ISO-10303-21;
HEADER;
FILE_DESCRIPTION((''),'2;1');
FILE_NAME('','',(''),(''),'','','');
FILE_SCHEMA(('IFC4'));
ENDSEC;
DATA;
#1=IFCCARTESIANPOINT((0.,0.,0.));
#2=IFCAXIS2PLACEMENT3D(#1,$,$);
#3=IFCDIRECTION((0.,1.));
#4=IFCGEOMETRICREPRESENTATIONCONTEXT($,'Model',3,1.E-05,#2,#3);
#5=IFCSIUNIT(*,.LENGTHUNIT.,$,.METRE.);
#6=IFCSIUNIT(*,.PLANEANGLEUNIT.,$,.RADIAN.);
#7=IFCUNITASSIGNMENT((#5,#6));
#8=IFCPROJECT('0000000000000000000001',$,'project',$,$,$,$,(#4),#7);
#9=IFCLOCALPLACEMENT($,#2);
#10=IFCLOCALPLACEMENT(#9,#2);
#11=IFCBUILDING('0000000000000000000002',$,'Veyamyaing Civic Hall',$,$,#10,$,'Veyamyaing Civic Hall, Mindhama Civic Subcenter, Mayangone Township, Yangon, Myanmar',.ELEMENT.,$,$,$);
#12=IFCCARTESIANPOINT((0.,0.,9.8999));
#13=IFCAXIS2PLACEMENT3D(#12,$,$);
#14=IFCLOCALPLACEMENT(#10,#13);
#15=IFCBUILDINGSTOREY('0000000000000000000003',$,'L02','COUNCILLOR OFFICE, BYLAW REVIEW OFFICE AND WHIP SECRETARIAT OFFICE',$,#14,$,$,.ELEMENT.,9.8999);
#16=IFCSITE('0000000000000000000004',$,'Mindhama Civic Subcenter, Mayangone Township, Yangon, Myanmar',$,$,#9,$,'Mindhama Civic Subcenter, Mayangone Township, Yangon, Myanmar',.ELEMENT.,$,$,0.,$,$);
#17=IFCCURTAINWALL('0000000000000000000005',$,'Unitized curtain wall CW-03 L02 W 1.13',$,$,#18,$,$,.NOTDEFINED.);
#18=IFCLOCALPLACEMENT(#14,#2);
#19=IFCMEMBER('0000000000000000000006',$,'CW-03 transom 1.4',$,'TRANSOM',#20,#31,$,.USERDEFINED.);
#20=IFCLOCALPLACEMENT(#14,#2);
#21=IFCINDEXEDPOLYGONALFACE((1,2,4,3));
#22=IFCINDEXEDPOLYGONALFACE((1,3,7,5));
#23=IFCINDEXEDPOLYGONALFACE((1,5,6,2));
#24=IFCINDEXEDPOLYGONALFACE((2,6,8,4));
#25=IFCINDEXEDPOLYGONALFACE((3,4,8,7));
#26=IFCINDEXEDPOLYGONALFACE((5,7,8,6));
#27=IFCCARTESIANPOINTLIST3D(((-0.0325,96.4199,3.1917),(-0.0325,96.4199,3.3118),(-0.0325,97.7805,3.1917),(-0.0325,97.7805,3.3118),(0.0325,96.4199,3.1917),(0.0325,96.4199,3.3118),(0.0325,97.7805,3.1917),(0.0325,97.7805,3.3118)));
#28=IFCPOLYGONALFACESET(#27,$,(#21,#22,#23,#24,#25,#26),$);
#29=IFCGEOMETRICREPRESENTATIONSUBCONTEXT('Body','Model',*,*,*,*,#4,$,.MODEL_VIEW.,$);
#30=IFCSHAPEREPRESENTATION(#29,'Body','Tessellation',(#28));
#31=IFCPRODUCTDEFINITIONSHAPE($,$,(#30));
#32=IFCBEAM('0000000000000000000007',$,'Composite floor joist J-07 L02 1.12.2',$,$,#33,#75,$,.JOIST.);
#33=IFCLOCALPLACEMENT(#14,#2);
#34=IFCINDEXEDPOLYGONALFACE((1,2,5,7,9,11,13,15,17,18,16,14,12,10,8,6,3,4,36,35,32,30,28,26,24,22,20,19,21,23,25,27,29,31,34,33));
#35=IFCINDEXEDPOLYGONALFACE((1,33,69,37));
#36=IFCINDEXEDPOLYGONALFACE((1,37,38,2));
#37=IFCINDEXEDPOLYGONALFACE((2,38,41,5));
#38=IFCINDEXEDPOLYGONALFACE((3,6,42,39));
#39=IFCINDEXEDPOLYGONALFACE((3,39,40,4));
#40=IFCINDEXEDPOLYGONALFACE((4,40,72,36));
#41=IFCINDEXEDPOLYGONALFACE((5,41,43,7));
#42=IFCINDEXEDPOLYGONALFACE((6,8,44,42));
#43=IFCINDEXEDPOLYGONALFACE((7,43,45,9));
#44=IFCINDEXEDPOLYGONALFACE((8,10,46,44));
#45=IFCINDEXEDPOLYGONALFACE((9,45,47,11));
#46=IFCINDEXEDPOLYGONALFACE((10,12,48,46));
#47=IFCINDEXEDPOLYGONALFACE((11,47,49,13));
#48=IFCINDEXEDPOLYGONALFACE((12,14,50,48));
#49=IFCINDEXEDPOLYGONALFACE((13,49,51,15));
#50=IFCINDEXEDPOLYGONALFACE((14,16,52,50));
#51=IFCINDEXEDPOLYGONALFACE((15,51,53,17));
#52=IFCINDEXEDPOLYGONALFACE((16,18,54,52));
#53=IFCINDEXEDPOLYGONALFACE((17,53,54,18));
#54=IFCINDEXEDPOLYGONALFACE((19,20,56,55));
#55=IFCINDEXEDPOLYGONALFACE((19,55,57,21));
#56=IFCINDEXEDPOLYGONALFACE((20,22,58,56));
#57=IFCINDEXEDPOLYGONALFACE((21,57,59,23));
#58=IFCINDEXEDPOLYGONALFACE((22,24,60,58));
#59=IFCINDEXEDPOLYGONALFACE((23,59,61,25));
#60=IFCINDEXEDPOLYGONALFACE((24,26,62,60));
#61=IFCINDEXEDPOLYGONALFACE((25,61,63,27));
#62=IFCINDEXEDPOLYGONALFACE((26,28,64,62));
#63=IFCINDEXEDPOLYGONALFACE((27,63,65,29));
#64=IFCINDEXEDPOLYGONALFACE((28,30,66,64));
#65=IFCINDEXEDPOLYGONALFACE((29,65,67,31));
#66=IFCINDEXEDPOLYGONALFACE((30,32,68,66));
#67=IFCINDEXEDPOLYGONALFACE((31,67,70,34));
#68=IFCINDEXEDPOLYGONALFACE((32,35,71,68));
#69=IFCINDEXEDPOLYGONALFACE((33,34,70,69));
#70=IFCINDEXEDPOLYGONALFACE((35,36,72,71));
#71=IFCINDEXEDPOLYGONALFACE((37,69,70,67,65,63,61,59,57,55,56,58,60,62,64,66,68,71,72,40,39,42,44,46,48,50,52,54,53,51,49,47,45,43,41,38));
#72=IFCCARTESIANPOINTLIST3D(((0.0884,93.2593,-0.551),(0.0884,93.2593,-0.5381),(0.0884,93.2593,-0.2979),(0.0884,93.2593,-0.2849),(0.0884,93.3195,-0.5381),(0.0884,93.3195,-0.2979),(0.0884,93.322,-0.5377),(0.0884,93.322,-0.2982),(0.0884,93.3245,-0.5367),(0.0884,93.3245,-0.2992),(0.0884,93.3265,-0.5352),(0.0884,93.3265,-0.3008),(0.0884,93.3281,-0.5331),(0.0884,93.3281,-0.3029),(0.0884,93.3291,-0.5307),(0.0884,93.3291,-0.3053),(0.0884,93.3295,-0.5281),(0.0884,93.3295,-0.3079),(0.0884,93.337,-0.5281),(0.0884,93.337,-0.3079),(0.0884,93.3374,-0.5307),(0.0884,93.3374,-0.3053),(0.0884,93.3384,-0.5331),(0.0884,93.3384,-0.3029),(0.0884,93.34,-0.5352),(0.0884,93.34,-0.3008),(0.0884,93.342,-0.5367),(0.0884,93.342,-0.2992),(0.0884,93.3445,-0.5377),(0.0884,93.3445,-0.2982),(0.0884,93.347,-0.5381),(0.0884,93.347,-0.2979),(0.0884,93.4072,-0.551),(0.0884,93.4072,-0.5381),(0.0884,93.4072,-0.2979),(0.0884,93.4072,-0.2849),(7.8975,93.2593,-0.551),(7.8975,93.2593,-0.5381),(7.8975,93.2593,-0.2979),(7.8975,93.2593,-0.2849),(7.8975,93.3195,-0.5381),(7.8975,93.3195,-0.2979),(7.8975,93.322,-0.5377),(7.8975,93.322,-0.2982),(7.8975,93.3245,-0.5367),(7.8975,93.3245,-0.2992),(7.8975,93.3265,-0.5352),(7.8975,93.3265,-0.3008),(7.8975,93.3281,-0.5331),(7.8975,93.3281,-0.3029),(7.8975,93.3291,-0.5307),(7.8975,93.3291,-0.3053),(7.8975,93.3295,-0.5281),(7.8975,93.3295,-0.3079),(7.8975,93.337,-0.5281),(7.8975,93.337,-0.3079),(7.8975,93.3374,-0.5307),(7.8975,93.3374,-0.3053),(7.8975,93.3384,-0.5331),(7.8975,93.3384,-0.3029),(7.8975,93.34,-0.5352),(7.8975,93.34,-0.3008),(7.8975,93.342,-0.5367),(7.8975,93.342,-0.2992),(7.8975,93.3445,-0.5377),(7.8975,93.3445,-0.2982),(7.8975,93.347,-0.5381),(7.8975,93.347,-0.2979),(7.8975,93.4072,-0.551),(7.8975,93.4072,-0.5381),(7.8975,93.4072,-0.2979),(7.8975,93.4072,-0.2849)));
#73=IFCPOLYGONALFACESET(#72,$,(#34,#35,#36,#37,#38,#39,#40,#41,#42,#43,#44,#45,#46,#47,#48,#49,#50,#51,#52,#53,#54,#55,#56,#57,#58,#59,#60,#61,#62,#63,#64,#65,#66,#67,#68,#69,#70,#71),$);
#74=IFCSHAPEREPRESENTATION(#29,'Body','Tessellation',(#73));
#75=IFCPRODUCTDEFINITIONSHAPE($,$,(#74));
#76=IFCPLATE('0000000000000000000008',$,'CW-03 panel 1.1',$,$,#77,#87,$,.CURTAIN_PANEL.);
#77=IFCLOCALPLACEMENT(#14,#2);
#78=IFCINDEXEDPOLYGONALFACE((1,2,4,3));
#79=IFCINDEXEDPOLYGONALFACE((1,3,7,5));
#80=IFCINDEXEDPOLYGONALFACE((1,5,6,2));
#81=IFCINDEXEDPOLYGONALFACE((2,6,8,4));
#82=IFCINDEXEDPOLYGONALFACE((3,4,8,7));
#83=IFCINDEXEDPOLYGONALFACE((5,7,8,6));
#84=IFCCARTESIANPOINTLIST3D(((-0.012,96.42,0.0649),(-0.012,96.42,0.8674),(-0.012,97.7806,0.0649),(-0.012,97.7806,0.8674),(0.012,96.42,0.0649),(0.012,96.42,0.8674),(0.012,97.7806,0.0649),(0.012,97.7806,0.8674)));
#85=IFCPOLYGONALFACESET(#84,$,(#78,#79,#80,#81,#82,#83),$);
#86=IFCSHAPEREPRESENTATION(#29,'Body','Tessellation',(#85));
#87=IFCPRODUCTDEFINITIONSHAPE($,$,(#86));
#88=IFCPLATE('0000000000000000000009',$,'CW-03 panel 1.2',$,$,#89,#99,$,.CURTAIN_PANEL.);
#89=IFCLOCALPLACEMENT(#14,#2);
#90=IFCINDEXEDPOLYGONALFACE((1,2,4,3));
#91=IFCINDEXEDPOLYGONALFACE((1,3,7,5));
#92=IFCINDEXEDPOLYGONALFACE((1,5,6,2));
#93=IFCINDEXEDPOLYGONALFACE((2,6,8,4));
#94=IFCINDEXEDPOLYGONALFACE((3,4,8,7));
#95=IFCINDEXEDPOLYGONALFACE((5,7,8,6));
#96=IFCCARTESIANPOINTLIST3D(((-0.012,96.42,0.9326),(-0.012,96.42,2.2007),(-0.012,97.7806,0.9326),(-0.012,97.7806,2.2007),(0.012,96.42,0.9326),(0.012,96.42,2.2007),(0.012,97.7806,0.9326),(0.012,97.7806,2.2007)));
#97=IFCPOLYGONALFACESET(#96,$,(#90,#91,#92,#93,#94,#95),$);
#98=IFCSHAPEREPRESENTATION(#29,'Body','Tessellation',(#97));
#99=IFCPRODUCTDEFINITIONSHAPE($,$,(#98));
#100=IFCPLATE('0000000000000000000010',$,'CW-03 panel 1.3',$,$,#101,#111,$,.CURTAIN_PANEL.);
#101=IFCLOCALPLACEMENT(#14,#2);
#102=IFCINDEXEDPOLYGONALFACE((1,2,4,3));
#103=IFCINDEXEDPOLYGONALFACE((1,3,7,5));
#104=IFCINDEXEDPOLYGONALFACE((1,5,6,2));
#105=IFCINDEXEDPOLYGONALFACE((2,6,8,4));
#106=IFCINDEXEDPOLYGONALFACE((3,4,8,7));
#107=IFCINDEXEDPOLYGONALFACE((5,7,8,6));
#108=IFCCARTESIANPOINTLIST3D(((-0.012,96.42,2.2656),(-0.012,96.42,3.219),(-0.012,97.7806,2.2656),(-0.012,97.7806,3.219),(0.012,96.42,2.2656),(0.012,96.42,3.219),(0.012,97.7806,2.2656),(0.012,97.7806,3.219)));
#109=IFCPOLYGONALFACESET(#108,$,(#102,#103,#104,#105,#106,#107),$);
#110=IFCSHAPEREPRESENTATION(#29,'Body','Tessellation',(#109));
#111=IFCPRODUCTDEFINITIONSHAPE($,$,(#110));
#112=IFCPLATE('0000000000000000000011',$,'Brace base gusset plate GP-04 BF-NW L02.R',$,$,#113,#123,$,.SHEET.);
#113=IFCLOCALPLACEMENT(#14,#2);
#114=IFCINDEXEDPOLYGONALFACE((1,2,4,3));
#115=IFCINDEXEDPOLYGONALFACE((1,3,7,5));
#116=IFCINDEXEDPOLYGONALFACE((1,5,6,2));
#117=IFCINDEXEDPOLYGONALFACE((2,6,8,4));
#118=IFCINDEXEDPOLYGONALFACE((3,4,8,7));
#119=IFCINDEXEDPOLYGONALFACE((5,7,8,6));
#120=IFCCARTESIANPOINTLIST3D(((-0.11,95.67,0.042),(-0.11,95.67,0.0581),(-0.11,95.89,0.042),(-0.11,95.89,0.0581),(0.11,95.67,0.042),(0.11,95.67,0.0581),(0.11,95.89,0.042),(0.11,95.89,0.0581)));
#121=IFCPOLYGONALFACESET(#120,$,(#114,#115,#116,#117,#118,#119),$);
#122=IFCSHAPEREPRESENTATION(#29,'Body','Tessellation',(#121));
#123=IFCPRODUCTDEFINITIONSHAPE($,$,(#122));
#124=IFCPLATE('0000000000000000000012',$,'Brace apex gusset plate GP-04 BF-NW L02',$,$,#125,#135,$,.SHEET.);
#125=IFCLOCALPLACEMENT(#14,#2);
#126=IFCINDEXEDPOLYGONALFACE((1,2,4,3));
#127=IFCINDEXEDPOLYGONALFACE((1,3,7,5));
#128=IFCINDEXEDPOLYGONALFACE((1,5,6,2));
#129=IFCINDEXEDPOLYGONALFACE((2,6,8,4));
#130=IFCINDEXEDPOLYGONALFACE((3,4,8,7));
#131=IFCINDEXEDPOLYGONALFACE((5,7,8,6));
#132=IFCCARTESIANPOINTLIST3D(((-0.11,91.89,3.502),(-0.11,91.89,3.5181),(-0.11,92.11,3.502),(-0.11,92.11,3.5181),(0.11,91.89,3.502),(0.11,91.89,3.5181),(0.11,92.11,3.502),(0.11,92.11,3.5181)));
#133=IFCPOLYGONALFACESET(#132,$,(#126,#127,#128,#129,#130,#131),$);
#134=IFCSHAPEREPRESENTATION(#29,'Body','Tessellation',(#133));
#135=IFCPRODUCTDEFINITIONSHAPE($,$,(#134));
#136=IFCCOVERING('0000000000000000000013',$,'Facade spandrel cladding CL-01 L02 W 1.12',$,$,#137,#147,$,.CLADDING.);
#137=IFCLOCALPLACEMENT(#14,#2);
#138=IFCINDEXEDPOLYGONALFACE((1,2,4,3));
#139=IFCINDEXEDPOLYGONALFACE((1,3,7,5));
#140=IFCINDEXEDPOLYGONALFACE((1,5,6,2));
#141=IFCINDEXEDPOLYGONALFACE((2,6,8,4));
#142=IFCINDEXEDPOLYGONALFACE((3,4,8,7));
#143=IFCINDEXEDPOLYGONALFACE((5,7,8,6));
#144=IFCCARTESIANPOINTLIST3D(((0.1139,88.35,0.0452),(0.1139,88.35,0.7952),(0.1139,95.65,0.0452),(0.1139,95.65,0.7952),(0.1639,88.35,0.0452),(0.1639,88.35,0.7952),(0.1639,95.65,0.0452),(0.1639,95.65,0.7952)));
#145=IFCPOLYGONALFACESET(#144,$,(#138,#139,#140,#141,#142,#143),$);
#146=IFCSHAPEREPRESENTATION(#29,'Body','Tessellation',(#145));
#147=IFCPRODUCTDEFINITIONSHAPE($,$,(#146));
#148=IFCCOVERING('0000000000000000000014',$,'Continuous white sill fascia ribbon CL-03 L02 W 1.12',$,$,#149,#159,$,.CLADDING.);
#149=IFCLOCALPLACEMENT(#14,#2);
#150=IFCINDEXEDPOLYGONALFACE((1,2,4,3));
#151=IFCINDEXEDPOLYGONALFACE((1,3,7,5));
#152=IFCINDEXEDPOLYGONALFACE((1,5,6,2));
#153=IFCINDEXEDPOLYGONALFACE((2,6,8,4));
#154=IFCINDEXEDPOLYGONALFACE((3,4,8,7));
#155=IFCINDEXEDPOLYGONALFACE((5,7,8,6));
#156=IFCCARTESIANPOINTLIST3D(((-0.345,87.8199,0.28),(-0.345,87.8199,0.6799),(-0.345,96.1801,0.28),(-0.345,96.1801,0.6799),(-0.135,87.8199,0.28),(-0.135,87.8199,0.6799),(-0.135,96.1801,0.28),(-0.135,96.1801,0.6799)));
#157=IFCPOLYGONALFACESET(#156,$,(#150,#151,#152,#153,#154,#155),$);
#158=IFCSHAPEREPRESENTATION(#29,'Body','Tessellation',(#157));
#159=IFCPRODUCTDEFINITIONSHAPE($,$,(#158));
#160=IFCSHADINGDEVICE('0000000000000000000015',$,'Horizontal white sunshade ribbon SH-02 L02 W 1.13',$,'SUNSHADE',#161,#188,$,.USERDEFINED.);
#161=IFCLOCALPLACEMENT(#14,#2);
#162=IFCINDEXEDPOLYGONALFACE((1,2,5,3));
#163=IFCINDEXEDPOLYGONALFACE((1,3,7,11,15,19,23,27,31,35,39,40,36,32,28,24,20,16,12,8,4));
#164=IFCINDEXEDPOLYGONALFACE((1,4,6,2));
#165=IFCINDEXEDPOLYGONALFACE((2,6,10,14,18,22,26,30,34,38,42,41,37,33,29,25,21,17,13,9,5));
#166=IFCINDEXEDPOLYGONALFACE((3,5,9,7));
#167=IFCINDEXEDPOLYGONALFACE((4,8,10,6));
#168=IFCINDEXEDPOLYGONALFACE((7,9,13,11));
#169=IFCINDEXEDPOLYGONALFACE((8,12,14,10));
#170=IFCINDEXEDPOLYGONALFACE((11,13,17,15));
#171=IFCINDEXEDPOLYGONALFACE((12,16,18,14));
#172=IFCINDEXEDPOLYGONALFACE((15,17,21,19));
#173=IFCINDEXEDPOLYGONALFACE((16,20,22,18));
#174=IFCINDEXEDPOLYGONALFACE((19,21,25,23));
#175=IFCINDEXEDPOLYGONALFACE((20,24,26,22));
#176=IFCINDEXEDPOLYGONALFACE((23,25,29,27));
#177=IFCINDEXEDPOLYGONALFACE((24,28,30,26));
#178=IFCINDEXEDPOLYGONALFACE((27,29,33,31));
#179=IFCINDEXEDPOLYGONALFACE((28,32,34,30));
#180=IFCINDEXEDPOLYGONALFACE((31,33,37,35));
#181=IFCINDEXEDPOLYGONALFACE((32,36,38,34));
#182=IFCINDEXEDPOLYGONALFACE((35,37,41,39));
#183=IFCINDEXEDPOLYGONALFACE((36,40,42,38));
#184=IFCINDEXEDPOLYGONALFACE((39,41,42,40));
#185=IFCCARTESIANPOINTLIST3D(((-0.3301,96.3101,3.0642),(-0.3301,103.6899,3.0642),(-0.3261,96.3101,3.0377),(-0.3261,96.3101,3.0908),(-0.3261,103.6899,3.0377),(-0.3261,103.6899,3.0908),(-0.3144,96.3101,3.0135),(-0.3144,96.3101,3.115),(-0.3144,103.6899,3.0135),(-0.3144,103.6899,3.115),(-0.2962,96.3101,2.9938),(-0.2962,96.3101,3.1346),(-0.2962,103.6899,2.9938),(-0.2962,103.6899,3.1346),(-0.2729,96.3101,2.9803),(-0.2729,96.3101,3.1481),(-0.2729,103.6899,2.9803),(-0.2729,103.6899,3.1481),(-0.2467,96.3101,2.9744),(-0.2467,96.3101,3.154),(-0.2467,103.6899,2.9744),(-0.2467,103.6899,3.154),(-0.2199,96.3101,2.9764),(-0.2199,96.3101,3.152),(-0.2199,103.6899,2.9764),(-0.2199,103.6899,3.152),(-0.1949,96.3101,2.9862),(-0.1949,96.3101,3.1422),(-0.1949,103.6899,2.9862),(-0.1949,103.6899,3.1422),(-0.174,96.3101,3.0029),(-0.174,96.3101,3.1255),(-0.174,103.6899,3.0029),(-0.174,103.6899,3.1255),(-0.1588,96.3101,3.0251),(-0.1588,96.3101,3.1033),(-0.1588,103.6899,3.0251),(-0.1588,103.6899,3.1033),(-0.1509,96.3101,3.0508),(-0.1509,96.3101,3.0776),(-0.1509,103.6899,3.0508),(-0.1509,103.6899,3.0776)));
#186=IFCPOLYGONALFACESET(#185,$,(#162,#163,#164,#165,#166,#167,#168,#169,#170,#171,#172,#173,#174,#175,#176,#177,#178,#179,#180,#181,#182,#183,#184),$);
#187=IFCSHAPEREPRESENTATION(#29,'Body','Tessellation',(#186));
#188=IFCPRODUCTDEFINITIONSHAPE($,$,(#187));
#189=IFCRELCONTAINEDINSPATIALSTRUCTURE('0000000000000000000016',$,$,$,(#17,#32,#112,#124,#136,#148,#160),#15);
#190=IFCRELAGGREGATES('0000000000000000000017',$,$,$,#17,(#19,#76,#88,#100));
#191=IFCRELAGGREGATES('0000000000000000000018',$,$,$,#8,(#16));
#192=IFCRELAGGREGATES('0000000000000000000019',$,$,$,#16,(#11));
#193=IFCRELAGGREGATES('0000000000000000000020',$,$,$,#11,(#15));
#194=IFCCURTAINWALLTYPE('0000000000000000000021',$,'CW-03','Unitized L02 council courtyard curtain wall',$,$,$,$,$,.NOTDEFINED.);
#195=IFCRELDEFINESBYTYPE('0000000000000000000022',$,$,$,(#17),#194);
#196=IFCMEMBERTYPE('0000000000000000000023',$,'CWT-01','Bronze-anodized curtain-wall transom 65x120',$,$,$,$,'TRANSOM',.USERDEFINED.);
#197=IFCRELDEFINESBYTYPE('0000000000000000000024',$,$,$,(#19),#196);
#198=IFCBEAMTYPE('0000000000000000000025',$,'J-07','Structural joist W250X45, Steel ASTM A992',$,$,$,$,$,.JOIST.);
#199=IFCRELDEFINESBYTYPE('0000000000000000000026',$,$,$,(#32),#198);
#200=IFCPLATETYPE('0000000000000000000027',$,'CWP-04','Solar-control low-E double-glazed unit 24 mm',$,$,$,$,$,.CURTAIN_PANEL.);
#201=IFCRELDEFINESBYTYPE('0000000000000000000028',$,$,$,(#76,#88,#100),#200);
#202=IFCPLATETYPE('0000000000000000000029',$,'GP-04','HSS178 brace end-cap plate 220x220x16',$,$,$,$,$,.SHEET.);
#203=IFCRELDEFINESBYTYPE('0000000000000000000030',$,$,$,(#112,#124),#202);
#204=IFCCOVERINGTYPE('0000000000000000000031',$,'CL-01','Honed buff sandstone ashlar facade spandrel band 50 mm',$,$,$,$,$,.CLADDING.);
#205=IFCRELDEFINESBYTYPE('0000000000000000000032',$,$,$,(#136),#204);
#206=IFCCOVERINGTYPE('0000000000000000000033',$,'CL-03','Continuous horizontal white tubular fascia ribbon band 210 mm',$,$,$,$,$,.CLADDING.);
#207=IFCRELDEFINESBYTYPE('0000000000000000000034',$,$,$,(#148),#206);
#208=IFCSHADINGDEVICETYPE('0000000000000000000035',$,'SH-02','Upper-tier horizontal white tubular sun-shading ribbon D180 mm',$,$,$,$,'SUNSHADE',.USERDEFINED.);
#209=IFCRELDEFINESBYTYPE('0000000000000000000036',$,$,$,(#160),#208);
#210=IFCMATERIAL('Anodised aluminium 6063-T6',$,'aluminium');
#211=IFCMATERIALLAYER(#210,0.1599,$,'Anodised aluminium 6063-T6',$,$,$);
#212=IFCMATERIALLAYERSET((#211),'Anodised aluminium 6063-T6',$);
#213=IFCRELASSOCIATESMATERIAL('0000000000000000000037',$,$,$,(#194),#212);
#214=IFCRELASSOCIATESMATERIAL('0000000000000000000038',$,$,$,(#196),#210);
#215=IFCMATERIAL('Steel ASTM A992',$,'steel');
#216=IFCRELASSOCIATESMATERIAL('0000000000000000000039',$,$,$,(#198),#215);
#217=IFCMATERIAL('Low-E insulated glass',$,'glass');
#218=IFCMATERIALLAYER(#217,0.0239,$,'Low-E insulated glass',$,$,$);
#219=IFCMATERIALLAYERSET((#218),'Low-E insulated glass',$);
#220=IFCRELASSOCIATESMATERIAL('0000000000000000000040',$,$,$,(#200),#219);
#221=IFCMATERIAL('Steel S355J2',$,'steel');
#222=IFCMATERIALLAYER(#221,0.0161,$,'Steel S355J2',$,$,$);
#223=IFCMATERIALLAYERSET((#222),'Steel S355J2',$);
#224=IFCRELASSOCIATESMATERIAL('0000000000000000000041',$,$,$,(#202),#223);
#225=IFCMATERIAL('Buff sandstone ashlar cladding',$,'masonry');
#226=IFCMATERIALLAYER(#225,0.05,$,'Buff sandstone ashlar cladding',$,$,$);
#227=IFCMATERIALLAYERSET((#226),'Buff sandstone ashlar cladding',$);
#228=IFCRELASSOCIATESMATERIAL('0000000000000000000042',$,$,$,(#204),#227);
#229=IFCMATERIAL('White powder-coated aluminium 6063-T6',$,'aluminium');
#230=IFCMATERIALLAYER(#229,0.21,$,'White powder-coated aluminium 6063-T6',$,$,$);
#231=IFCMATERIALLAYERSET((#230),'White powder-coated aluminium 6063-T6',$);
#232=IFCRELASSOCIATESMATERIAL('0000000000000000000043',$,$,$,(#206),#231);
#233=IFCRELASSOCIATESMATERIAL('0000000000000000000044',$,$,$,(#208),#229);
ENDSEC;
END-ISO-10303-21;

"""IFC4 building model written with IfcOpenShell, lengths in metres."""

from ifc_helpers import new_model, si_unit, direction, frame, origin, origin_2d, place, context, subcontext, project, spatial, rectangle, circle, i_section, extrude, material, layer, layer_set, material_profile, profile_set, type_object, element, aggregate, save


model = new_model("IFC4")

# Units and contexts
model_context = context("Model", 3, precision=1e-05, world=origin(), true_north=direction((0.0, 1.0)))
body_context = subcontext(model_context, "Body", "Model", "MODEL_VIEW")
ifc_project = project(units=[si_unit("LENGTHUNIT", "METRE"), si_unit("PLANEANGLEUNIT", "RADIAN")], contexts=[model_context])

# Site, building, storey
site_placement = place(None, origin())
site = spatial("IfcSite", under=ifc_project, at=site_placement, Name="Mindhama Civic Subcenter, Mayangone Township, Yangon, Myanmar", LongName="Mindhama Civic Subcenter, Mayangone Township, Yangon, Myanmar", CompositionType="ELEMENT", RefElevation=0.0)
building_placement = place(site_placement, origin())
building = spatial("IfcBuilding", under=site, at=building_placement, Name="Veyamyaing Civic Hall", LongName="Veyamyaing Civic Hall, Mindhama Civic Subcenter, Mayangone Township, Yangon, Myanmar", CompositionType="ELEMENT")
storey_placement = place(building_placement, frame((0.0, 0.0, 9.8999)))
storey = spatial("IfcBuildingStorey", under=building, at=storey_placement, Name="L02", Description="COUNCILLOR OFFICE, BYLAW REVIEW OFFICE AND WHIP SECRETARIAT OFFICE", CompositionType="ELEMENT", Elevation=9.8999)

# Shared definitions
ifc_material_1 = material(Name="Steel ASTM A992", Category="steel")

# Shared definitions
ifc_material_2 = material(Name="Steel S355J2", Category="steel")

# Curtain wall, member
ifc_material_3 = material(Name="Anodised aluminium 6063-T6", Category="aluminium")
ifc_layer_1 = layer(ifc_material_3, 0.1599, Name="Anodised aluminium 6063-T6")
ifc_layer_set_1 = layer_set([ifc_layer_1], Name="Anodised aluminium 6063-T6")
curtain_wall_type = type_object("IfcCurtainWallType", Name="CW-03", Description="Unitized L02 council courtyard curtain wall", PredefinedType="NOTDEFINED", material=ifc_layer_set_1)
curtain_wall_placement = place(storey_placement, origin())
curtain_wall = element("IfcCurtainWall", 1, at=curtain_wall_placement, inside=storey, type_object=curtain_wall_type, Name="Unitized curtain wall CW-03 L02 W 1.13", PredefinedType="NOTDEFINED")
ifc_material_profile_1 = material_profile(ifc_material_3, rectangle(XDim=0.0649, YDim=0.1201, at=origin_2d()), Name="ALU-TRN-65X120")
ifc_profile_set_1 = profile_set([ifc_material_profile_1], Name="Anodised aluminium 6063-T6")
member_type_1 = type_object("IfcMemberType", Name="CWT-01", Description="Bronze-anodized curtain-wall transom 65x120", ElementType="TRANSOM", PredefinedType="USERDEFINED", material=ifc_profile_set_1)
member_1_placement = place(storey_placement, frame((0.0, 96.4199, 3.2517), z_axis=(0.0, 1.0, 0.0), x_axis=(-1.0, 0.0, 0.0)))
member_1 = element("IfcMember", 2, at=member_1_placement, type_object=member_type_1, Name="CW-03 transom 1.4", ObjectType="TRANSOM", PredefinedType="USERDEFINED", context=body_context, shape_type="SweptSolid", body=[
    extrude(rectangle(XDim=0.0649, YDim=0.1201, at=origin_2d()), origin(), (0.0, 0.0, 1.0), 1.3606),
])

# Beam
ifc_material_profile_2 = material_profile(ifc_material_1, i_section(OverallWidth=0.1479, OverallDepth=0.2661, WebThickness=0.0076, FlangeThickness=0.0129, FilletRadius=0.01, at=origin_2d()), Name="W250X45")
ifc_profile_set_2 = profile_set([ifc_material_profile_2], Name="Steel ASTM A992")
beam_type_1 = type_object("IfcBeamType", Name="J-07", Description="Structural joist W250X45, Steel ASTM A992", PredefinedType="JOIST", material=ifc_profile_set_2)
beam_1_placement = place(storey_placement, frame((0.0884, 93.3333, -0.418), z_axis=(1.0, 0.0, 0.0), x_axis=(0.0, 1.0, 0.0)))
element("IfcBeam", 3, at=beam_1_placement, inside=storey, type_object=beam_type_1, Name="Composite floor joist J-07 L02 1.12.2", PredefinedType="JOIST", context=body_context, shape_type="SweptSolid", body=[
    extrude(i_section(OverallWidth=0.1479, OverallDepth=0.2661, WebThickness=0.0076, FlangeThickness=0.0129, FilletRadius=0.01, at=origin_2d()), origin(), (0.0, 0.0, 1.0), 7.8091),
])

# Plates
ifc_material_4 = material(Name="Low-E insulated glass", Category="glass")
ifc_layer_2 = layer(ifc_material_4, 0.0239, Name="Low-E insulated glass")
ifc_layer_set_2 = layer_set([ifc_layer_2], Name="Low-E insulated glass")
plate_type_1 = type_object("IfcPlateType", Name="CWP-04", Description="Solar-control low-E double-glazed unit 24 mm", PredefinedType="CURTAIN_PANEL", material=ifc_layer_set_2)
plate_1_placement = place(storey_placement, frame((0.0, 97.1003, 0.0649), z_axis=(0.0, 0.0, 1.0), x_axis=(0.0, 1.0, 0.0)))
plate_1 = element("IfcPlate", 4, at=plate_1_placement, type_object=plate_type_1, Name="CW-03 panel 1.1", PredefinedType="CURTAIN_PANEL", context=body_context, shape_type="SweptSolid", body=[
    extrude(rectangle(XDim=1.3606, YDim=0.0239, at=origin_2d()), origin(), (0.0, 0.0, 1.0), 0.8025),
])
plate_2_placement = place(storey_placement, frame((0.0, 97.1003, 0.9326), z_axis=(0.0, 0.0, 1.0), x_axis=(0.0, 1.0, 0.0)))
plate_2 = element("IfcPlate", 5, at=plate_2_placement, type_object=plate_type_1, Name="CW-03 panel 1.2", PredefinedType="CURTAIN_PANEL", context=body_context, shape_type="SweptSolid", body=[
    extrude(rectangle(XDim=1.3606, YDim=0.0239, at=origin_2d()), origin(), (0.0, 0.0, 1.0), 1.2681),
])
plate_3_placement = place(storey_placement, frame((0.0, 97.1003, 2.2656), z_axis=(0.0, 0.0, 1.0), x_axis=(0.0, 1.0, 0.0)))
plate_3 = element("IfcPlate", 6, at=plate_3_placement, type_object=plate_type_1, Name="CW-03 panel 1.3", PredefinedType="CURTAIN_PANEL", context=body_context, shape_type="SweptSolid", body=[
    extrude(rectangle(XDim=1.3606, YDim=0.0239, at=origin_2d()), origin(), (0.0, 0.0, 1.0), 0.9534),
])
aggregate(curtain_wall, [member_1, plate_1, plate_2, plate_3])

# Plates
ifc_layer_3 = layer(ifc_material_2, 0.0161, Name="Steel S355J2")
ifc_layer_set_3 = layer_set([ifc_layer_3], Name="Steel S355J2")
plate_type_2 = type_object("IfcPlateType", Name="GP-04", Description="HSS178 brace end-cap plate 220x220x16", PredefinedType="SHEET", material=ifc_layer_set_3)
for number, where, z_axis, x_axis, name in (
    (7, (0.0, 95.78, 0.042), (0.0, 0.0, 1.0), (1.0, 0.0, 0.0), "Brace base gusset plate GP-04 BF-NW L02.R"),
    (8, (0.0, 92.0, 3.502), (0.0, 0.0, 1.0), (1.0, 0.0, 0.0), "Brace apex gusset plate GP-04 BF-NW L02"),
):
    element("IfcPlate", number, at=place(storey_placement, frame(where, z_axis=z_axis, x_axis=x_axis)), inside=storey, type_object=plate_type_2, Name=name, PredefinedType="SHEET", context=body_context, shape_type="SweptSolid", body=[
        extrude(rectangle(XDim=0.22, YDim=0.22, at=origin_2d()), origin(), (0.0, 0.0, 1.0), 0.0161),
    ])

# Coverings
ifc_material_5 = material(Name="Buff sandstone ashlar cladding", Category="masonry")
ifc_layer_4 = layer(ifc_material_5, 0.05, Name="Buff sandstone ashlar cladding")
ifc_layer_set_4 = layer_set([ifc_layer_4], Name="Buff sandstone ashlar cladding")
covering_type_1 = type_object("IfcCoveringType", Name="CL-01", Description="Honed buff sandstone ashlar facade spandrel band 50 mm", PredefinedType="CLADDING", material=ifc_layer_set_4)
covering_1_placement = place(storey_placement, frame((0.1389, 92.0, 0.0452), z_axis=(0.0, 0.0, 1.0), x_axis=(0.0, 1.0, 0.0)))
element("IfcCovering", 9, at=covering_1_placement, inside=storey, type_object=covering_type_1, Name="Facade spandrel cladding CL-01 L02 W 1.12", PredefinedType="CLADDING", context=body_context, shape_type="SweptSolid", body=[
    extrude(rectangle(XDim=7.3, YDim=0.05, at=origin_2d()), origin(), (0.0, 0.0, 1.0), 0.75),
])
ifc_material_6 = material(Name="White powder-coated aluminium 6063-T6", Category="aluminium")
ifc_layer_5 = layer(ifc_material_6, 0.21, Name="White powder-coated aluminium 6063-T6")
ifc_layer_set_5 = layer_set([ifc_layer_5], Name="White powder-coated aluminium 6063-T6")
covering_type_2 = type_object("IfcCoveringType", Name="CL-03", Description="Continuous horizontal white tubular fascia ribbon band 210 mm", PredefinedType="CLADDING", material=ifc_layer_set_5)
covering_2_placement = place(storey_placement, frame((-0.24, 92.0, 0.28), z_axis=(0.0, 0.0, 1.0), x_axis=(0.0, 1.0, 0.0)))
element("IfcCovering", 10, at=covering_2_placement, inside=storey, type_object=covering_type_2, Name="Continuous white sill fascia ribbon CL-03 L02 W 1.12", PredefinedType="CLADDING", context=body_context, shape_type="SweptSolid", body=[
    extrude(rectangle(XDim=8.3601, YDim=0.21, at=origin_2d()), origin(), (0.0, 0.0, 1.0), 0.3999),
])

# Shading device
ifc_material_profile_3 = material_profile(ifc_material_6, circle(Radius=0.0901, at=origin_2d()), Name="SHADE-TUBE-180")
ifc_profile_set_3 = profile_set([ifc_material_profile_3], Name="White powder-coated aluminium 6063-T6")
shading_device_type = type_object("IfcShadingDeviceType", Name="SH-02", Description="Upper-tier horizontal white tubular sun-shading ribbon D180 mm", ElementType="SUNSHADE", PredefinedType="USERDEFINED", material=ifc_profile_set_3)
shading_device_placement = place(storey_placement, frame((-0.24, 96.3101, 3.0642), z_axis=(0.0, 1.0, 0.0), x_axis=(-1.0, 0.0, 0.0)))
element("IfcShadingDevice", 11, at=shading_device_placement, inside=storey, type_object=shading_device_type, Name="Horizontal white sunshade ribbon SH-02 L02 W 1.13", ObjectType="SUNSHADE", PredefinedType="USERDEFINED", context=body_context, shape_type="SweptSolid", body=[
    extrude(circle(Radius=0.0901, at=origin_2d()), origin(), (0.0, 0.0, 1.0), 7.3799),
])

save(model, "model.ifc")
